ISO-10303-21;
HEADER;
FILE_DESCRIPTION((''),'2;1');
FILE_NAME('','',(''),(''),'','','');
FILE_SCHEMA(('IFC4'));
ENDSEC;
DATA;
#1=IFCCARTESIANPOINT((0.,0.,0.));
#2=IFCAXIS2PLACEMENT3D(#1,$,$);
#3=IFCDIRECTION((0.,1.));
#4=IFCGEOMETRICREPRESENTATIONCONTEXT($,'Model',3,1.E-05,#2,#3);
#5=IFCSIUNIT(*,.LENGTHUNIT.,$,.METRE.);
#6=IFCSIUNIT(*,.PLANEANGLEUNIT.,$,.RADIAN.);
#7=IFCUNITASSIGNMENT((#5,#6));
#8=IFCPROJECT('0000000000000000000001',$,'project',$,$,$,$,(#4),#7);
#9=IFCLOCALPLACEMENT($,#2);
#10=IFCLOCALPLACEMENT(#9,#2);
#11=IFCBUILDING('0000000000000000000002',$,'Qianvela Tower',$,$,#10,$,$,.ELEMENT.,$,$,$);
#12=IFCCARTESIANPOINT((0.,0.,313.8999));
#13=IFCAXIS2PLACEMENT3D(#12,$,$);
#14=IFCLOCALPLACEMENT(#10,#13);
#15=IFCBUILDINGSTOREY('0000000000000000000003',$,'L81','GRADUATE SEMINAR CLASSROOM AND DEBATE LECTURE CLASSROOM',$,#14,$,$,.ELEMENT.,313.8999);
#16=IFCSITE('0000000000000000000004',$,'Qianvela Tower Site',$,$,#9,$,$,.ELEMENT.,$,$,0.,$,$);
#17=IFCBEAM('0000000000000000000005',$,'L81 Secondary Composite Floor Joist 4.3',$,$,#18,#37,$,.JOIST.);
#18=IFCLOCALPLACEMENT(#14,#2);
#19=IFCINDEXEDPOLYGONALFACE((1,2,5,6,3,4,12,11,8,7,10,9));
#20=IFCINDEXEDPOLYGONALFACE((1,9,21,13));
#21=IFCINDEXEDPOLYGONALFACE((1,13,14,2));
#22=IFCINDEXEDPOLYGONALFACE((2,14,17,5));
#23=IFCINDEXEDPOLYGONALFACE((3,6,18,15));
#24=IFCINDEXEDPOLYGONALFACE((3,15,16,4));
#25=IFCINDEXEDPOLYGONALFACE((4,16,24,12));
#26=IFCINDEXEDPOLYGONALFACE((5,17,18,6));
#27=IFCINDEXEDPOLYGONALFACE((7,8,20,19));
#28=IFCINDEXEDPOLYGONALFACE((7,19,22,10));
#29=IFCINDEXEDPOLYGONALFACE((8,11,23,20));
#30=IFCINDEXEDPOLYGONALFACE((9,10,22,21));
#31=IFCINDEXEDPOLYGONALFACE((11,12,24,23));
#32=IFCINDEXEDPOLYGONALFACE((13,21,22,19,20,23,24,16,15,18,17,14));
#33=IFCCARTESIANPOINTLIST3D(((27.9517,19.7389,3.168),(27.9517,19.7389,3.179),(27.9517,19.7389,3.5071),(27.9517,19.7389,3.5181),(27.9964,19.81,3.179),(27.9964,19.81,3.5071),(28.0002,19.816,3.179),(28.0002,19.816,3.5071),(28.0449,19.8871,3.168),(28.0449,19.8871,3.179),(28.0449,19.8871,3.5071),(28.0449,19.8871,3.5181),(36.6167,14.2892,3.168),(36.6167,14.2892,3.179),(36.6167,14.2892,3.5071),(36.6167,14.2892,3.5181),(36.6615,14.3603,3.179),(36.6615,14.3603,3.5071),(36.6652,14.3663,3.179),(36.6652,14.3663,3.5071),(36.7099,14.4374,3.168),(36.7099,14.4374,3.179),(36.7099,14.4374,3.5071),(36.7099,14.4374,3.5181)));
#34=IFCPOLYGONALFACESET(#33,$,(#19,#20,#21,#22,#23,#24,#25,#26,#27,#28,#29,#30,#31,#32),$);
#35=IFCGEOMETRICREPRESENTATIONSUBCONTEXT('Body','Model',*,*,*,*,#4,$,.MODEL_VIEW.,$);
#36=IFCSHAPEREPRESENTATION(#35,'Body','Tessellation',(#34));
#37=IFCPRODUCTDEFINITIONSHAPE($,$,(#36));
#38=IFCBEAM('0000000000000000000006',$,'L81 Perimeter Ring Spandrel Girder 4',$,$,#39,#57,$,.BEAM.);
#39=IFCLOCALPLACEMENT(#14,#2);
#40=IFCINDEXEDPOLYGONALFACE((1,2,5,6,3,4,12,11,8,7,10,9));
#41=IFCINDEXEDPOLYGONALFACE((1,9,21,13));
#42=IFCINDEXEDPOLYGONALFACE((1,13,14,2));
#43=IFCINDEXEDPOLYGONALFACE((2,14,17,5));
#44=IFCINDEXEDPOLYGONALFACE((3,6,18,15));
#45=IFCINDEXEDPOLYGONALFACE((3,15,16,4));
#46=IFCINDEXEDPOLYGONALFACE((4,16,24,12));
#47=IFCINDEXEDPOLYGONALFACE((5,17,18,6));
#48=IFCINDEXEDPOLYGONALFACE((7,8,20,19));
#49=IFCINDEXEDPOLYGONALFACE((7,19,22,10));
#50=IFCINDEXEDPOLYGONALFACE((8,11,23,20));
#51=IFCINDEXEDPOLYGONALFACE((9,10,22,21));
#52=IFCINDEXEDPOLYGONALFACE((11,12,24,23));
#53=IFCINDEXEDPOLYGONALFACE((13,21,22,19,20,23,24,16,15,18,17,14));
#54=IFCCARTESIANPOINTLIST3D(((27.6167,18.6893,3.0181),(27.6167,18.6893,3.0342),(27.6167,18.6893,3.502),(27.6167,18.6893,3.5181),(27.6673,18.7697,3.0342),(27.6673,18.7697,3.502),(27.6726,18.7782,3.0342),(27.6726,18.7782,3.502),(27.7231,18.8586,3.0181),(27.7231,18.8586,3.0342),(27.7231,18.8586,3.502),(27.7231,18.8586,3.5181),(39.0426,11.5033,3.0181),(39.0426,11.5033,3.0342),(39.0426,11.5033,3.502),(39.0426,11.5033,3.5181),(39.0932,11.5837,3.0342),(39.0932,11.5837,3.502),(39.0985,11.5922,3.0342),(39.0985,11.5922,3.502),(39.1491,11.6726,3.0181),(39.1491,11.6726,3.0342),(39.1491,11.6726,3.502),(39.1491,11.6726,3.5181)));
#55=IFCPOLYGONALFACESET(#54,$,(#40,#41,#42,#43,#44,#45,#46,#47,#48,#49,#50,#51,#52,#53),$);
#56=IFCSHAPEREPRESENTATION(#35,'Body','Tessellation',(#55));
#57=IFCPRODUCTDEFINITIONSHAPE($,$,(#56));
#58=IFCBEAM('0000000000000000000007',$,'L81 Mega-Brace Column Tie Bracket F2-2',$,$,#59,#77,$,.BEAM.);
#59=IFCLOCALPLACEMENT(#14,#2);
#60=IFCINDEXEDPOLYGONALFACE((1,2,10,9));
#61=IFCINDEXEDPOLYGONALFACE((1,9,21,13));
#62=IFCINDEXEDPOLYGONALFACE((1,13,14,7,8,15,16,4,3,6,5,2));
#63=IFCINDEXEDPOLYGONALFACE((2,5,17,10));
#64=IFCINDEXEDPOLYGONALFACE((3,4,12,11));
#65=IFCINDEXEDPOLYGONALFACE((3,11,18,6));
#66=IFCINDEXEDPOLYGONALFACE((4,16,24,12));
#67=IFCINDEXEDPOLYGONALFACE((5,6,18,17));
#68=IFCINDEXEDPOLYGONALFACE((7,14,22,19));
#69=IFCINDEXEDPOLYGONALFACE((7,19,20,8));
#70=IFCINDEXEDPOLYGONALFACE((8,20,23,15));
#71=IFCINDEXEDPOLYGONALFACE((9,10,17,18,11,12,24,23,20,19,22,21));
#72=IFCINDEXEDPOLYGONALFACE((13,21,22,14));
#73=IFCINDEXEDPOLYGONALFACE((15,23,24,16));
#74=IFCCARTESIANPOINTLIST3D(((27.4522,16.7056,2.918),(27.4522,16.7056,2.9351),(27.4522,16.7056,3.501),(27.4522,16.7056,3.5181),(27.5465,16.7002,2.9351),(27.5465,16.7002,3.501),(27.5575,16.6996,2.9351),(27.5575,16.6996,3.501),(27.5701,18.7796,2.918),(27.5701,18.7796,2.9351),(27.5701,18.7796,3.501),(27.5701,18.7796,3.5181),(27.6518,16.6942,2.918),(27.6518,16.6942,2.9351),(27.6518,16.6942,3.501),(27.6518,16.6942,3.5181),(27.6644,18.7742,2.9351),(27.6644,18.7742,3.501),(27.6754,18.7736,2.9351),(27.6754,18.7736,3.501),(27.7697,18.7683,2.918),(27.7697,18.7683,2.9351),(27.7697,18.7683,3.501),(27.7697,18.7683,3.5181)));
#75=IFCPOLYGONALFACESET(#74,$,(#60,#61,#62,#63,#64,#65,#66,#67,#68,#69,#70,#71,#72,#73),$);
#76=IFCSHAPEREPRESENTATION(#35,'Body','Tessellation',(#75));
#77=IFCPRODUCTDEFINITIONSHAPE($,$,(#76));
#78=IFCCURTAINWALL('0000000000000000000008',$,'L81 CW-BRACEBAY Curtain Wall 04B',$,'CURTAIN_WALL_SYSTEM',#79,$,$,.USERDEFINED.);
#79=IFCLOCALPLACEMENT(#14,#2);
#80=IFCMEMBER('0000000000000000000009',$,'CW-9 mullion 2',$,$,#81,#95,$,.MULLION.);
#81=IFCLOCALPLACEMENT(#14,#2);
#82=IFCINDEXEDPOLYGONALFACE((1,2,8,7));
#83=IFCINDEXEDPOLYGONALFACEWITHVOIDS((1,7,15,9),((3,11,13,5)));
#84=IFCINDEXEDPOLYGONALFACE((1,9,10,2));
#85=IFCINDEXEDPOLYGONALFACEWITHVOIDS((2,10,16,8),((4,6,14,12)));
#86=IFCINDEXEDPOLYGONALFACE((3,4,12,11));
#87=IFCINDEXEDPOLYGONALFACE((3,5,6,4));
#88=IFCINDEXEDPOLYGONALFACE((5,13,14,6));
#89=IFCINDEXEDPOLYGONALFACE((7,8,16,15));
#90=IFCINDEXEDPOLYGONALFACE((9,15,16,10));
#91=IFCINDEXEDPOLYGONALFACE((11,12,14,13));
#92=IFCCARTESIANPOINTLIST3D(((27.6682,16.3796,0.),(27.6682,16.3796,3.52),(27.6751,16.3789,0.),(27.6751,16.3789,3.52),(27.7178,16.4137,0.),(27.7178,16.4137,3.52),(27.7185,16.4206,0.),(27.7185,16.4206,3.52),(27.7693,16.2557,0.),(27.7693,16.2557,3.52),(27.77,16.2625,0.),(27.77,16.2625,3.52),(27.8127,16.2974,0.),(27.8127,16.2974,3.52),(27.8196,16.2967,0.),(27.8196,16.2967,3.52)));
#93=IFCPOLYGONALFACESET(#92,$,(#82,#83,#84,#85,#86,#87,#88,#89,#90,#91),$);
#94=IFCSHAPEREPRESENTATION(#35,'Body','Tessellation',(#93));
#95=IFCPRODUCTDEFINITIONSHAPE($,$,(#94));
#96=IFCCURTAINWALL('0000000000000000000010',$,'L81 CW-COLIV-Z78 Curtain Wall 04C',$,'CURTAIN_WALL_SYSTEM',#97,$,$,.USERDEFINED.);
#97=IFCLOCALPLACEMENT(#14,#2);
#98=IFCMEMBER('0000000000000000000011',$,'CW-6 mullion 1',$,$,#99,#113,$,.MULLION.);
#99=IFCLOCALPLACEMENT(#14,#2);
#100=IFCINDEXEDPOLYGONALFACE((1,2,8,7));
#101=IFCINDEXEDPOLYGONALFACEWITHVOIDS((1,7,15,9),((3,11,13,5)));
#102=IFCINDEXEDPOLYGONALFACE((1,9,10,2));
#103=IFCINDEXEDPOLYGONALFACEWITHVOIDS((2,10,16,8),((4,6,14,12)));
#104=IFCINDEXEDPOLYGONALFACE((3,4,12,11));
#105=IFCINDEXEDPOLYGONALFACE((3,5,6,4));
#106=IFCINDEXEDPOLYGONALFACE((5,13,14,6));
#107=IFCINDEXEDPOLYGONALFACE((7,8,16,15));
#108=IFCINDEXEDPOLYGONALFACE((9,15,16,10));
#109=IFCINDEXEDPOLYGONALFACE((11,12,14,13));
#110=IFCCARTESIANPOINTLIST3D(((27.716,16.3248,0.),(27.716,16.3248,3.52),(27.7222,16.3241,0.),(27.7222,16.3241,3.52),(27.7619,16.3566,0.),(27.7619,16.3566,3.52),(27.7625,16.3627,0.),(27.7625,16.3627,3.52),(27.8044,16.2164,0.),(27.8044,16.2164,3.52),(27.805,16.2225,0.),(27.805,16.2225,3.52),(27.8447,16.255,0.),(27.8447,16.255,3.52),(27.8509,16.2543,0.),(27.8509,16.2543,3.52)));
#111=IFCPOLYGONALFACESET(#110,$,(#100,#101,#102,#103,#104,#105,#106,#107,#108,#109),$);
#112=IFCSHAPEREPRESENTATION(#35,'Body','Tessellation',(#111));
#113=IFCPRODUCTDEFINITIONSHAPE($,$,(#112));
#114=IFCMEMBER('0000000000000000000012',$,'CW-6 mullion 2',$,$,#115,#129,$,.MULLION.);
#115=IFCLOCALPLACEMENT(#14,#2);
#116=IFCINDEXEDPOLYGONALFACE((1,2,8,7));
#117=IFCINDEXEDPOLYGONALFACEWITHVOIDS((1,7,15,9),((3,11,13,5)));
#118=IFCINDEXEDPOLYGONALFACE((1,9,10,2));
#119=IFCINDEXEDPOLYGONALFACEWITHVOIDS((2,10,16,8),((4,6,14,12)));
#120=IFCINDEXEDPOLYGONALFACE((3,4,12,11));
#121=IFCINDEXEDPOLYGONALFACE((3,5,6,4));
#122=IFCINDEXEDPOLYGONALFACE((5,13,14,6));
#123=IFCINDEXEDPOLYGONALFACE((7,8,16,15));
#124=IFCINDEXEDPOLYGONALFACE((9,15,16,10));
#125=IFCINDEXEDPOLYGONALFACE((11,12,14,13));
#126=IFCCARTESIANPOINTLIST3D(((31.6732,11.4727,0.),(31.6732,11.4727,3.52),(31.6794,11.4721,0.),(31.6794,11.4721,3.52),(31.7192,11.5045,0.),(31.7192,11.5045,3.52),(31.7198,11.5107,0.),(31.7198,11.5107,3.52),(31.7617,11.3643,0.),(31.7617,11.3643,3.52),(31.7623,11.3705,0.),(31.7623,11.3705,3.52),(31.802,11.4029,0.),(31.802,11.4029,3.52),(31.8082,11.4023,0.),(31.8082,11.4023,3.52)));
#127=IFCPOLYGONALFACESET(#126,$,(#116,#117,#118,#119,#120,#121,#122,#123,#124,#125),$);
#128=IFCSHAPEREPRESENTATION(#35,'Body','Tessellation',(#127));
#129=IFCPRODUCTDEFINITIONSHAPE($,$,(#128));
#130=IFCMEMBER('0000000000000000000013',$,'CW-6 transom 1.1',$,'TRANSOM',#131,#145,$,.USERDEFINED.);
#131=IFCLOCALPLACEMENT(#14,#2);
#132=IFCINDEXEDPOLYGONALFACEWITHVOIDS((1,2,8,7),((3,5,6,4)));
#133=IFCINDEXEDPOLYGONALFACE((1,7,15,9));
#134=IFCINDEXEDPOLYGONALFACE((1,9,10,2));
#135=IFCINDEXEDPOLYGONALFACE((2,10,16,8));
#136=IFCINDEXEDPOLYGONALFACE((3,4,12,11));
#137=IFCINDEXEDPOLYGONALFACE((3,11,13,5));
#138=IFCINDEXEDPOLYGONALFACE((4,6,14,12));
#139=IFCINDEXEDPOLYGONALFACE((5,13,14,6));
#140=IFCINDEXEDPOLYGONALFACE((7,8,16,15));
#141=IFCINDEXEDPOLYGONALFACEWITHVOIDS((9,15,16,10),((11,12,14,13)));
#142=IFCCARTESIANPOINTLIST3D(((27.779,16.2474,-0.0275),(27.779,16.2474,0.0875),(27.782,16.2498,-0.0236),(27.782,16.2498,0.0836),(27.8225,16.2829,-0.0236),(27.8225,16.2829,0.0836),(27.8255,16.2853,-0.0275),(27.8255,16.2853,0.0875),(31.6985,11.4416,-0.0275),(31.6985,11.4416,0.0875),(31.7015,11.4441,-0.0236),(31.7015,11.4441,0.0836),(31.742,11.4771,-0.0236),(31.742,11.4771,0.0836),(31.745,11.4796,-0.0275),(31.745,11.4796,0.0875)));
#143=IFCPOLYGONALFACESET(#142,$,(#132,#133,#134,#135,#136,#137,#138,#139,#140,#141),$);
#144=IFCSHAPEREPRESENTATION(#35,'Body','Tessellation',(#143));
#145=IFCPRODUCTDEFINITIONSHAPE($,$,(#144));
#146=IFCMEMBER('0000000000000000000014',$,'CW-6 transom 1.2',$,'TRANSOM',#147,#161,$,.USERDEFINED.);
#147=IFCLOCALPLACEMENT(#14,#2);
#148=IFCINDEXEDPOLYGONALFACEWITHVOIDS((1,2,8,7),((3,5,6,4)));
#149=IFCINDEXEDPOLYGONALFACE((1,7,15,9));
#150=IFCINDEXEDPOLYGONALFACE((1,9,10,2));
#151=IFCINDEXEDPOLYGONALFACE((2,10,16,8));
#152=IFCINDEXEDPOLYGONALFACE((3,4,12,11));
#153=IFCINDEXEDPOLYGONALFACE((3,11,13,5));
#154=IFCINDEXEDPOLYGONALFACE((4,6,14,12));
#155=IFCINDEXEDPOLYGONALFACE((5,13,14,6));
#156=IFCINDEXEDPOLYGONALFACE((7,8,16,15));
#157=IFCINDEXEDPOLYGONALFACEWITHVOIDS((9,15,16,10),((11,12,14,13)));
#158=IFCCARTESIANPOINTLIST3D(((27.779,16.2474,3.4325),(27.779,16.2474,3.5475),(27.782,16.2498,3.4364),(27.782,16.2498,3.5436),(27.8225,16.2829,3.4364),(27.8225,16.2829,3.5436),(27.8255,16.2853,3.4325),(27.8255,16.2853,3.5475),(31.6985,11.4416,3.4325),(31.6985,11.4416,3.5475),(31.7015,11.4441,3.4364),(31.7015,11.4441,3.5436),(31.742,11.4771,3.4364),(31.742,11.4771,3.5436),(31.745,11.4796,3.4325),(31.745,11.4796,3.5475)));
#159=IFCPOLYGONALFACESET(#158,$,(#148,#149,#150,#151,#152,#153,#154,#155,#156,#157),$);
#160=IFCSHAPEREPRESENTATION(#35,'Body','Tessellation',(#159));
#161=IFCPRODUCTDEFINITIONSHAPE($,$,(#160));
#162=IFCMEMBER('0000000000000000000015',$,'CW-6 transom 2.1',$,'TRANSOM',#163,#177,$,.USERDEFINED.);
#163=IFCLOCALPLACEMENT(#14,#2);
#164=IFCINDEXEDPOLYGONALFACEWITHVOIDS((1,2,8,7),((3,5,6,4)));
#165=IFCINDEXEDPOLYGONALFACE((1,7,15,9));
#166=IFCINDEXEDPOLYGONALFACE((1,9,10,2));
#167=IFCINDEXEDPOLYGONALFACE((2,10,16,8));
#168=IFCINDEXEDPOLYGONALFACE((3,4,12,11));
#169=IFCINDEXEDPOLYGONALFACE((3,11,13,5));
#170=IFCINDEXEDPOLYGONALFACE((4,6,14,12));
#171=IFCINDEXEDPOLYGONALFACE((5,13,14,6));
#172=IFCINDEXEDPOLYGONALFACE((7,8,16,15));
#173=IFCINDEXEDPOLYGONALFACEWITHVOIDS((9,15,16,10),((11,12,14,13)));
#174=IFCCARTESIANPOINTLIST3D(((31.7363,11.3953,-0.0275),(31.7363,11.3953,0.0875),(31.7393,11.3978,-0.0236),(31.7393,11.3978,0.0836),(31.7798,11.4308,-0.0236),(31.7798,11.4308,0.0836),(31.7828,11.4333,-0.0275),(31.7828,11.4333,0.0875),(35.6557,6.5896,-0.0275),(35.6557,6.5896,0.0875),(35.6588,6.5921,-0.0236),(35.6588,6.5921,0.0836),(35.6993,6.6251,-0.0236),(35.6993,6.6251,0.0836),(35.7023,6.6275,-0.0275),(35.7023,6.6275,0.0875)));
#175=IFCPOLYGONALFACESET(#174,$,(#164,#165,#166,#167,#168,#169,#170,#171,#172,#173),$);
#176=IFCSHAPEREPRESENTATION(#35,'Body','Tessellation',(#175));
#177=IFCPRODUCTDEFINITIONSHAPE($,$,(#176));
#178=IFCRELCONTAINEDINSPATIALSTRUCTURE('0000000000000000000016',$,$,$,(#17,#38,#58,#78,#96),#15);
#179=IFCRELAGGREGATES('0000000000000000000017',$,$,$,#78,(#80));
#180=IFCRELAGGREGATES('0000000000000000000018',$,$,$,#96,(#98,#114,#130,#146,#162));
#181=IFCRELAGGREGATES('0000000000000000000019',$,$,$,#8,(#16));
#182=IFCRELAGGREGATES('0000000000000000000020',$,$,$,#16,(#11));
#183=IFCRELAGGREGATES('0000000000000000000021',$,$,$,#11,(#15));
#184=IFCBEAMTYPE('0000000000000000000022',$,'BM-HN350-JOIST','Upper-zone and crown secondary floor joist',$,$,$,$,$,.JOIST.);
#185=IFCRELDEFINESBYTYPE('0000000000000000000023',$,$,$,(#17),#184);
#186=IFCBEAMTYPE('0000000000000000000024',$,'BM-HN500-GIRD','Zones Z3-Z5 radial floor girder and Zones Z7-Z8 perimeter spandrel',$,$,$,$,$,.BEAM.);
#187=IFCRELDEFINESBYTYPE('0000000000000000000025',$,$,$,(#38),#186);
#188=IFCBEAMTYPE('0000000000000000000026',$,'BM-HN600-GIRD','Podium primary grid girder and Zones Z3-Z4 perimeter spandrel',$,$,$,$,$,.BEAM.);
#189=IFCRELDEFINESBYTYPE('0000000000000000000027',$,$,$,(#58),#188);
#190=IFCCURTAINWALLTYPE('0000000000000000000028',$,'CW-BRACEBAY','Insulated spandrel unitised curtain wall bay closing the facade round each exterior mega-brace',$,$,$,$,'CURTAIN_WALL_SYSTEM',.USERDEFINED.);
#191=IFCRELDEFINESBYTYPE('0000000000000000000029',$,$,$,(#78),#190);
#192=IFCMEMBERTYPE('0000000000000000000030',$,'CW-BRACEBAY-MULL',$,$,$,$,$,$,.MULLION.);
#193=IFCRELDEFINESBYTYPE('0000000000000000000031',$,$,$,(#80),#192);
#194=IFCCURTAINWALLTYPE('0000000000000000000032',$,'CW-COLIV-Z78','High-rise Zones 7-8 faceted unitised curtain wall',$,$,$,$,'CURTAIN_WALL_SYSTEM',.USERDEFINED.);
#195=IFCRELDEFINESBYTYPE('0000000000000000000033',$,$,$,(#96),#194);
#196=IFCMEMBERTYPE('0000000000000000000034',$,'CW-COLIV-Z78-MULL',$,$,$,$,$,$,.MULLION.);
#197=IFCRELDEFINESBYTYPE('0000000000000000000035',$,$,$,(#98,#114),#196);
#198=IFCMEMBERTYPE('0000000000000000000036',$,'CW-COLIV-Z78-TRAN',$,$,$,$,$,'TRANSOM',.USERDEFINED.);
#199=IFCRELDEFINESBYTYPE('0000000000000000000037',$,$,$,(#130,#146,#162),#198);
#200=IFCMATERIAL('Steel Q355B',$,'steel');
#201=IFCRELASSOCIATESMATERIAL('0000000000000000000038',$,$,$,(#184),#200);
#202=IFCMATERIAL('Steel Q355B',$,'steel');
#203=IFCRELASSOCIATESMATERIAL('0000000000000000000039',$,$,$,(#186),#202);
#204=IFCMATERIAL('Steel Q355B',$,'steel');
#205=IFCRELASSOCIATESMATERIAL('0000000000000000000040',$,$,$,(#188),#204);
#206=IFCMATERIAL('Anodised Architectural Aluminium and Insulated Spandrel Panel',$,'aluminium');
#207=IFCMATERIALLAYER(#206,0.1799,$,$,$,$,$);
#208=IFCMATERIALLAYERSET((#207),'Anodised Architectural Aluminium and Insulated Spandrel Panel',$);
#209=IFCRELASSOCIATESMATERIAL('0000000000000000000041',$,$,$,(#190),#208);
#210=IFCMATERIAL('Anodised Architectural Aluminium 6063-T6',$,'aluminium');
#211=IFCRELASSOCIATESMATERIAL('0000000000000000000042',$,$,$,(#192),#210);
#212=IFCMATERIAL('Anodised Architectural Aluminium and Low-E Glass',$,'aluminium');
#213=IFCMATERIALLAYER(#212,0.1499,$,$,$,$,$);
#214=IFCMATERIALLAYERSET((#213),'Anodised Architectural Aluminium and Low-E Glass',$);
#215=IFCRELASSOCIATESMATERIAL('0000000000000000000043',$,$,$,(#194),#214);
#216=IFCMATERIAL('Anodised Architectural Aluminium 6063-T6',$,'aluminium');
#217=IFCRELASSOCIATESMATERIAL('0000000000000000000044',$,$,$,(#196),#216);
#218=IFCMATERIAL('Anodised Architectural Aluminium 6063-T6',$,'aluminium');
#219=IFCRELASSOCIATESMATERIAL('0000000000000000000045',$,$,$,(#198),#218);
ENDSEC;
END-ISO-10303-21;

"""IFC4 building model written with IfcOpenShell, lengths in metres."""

from ifc_helpers import new_model, si_unit, direction, frame, origin, origin_2d, place, context, subcontext, project, spatial, hollow_rectangle, i_section, extrude, material, layer, layer_set, material_profile, profile_set, type_object, element, aggregate, save


model = new_model("IFC4")

# Units and contexts
model_context = context("Model", 3, precision=1e-05, world=origin(), true_north=direction((0.0, 1.0)))
body_context = subcontext(model_context, "Body", "Model", "MODEL_VIEW")
ifc_project = project(units=[si_unit("LENGTHUNIT", "METRE"), si_unit("PLANEANGLEUNIT", "RADIAN")], contexts=[model_context])

# Site, building, storey
site_placement = place(None, origin())
site = spatial("IfcSite", under=ifc_project, at=site_placement, Name="Qianvela Tower Site", CompositionType="ELEMENT", RefElevation=0.0)
building_placement = place(site_placement, origin())
building = spatial("IfcBuilding", under=site, at=building_placement, Name="Qianvela Tower", CompositionType="ELEMENT")
storey_placement = place(building_placement, frame((0.0, 0.0, 313.8999)))
storey = spatial("IfcBuildingStorey", under=building, at=storey_placement, Name="L81", Description="GRADUATE SEMINAR CLASSROOM AND DEBATE LECTURE CLASSROOM", CompositionType="ELEMENT", Elevation=313.8999)

# Beams
ifc_material_1 = material(Name="Steel Q355B", Category="steel")
ifc_material_profile_1 = material_profile(ifc_material_1, i_section(OverallWidth=0.175, OverallDepth=0.3501, WebThickness=0.0071, FlangeThickness=0.011, at=origin_2d()), Name="HN350x175x7x11")
ifc_profile_set_1 = profile_set([ifc_material_profile_1], Name="Steel Q355B")
beam_type_1 = type_object("IfcBeamType", Name="BM-HN350-JOIST", Description="Upper-zone and crown secondary floor joist", PredefinedType="JOIST", material=ifc_profile_set_1)
beam_1_placement = place(storey_placement, frame((27.9983, 19.813, 3.343), z_axis=(0.8465, -0.532389, 0.0), x_axis=(0.532389, 0.8465, 0.0)))
element("IfcBeam", 1, at=beam_1_placement, inside=storey, type_object=beam_type_1, Name="L81 Secondary Composite Floor Joist 4.3", PredefinedType="JOIST", context=body_context, shape_type="SweptSolid", body=[
    extrude(i_section(OverallWidth=0.175, OverallDepth=0.3501, WebThickness=0.0071, FlangeThickness=0.011, at=origin_2d()), origin(), (0.0, 0.0, 1.0), 10.2363),
])
ifc_material_2 = material(Name="Steel Q355B", Category="steel")
ifc_material_profile_2 = material_profile(ifc_material_2, i_section(OverallWidth=0.2, OverallDepth=0.5, WebThickness=0.01, FlangeThickness=0.0161, at=origin_2d()), Name="HN500x200x10x16")
ifc_profile_set_2 = profile_set([ifc_material_profile_2], Name="Steel Q355B")
beam_type_2 = type_object("IfcBeamType", Name="BM-HN500-GIRD", Description="Zones Z3-Z5 radial floor girder and Zones Z7-Z8 perimeter spandrel", PredefinedType="BEAM", material=ifc_profile_set_2)
beam_2_placement = place(storey_placement, frame((27.6699, 18.7739, 3.2681), z_axis=(0.846504, -0.532382, 0.0), x_axis=(0.532382, 0.846504, 0.0)))
element("IfcBeam", 2, at=beam_2_placement, inside=storey, type_object=beam_type_2, Name="L81 Perimeter Ring Spandrel Girder 4", PredefinedType="BEAM", context=body_context, shape_type="SweptSolid", body=[
    extrude(i_section(OverallWidth=0.2, OverallDepth=0.5, WebThickness=0.01, FlangeThickness=0.0161, at=origin_2d()), origin(), (0.0, 0.0, 1.0), 13.4978),
])
ifc_material_3 = material(Name="Steel Q355B", Category="steel")
ifc_material_profile_3 = material_profile(ifc_material_3, i_section(OverallWidth=0.2, OverallDepth=0.6001, WebThickness=0.011, FlangeThickness=0.0171, at=origin_2d()), Name="HN600x200x11x17")
ifc_profile_set_3 = profile_set([ifc_material_profile_3], Name="Steel Q355B")
beam_type_3 = type_object("IfcBeamType", Name="BM-HN600-GIRD", Description="Podium primary grid girder and Zones Z3-Z4 perimeter spandrel", PredefinedType="BEAM", material=ifc_profile_set_3)
beam_3_placement = place(storey_placement, frame((27.6699, 18.7739, 3.218), z_axis=(-0.056765, -0.998388, 0.0), x_axis=(0.998388, -0.056765, 0.0)))
element("IfcBeam", 3, at=beam_3_placement, inside=storey, type_object=beam_type_3, Name="L81 Mega-Brace Column Tie Bracket F2-2", PredefinedType="BEAM", context=body_context, shape_type="SweptSolid", body=[
    extrude(i_section(OverallWidth=0.2, OverallDepth=0.6001, WebThickness=0.011, FlangeThickness=0.0171, at=origin_2d()), origin(), (0.0, 0.0, 1.0), 2.0774),
])

# Curtain wall, member
ifc_material_4 = material(Name="Anodised Architectural Aluminium and Insulated Spandrel Panel", Category="aluminium")
ifc_layer_1 = layer(ifc_material_4, 0.1799)
ifc_layer_set_1 = layer_set([ifc_layer_1], Name="Anodised Architectural Aluminium and Insulated Spandrel Panel")
curtain_wall_type_1 = type_object("IfcCurtainWallType", Name="CW-BRACEBAY", Description="Insulated spandrel unitised curtain wall bay closing the facade round each exterior mega-brace", ElementType="CURTAIN_WALL_SYSTEM", PredefinedType="USERDEFINED", material=ifc_layer_set_1)
curtain_wall_1_placement = place(storey_placement, origin())
curtain_wall_1 = element("IfcCurtainWall", 4, at=curtain_wall_1_placement, inside=storey, type_object=curtain_wall_type_1, Name="L81 CW-BRACEBAY Curtain Wall 04B", ObjectType="CURTAIN_WALL_SYSTEM", PredefinedType="USERDEFINED")
ifc_material_5 = material(Name="Anodised Architectural Aluminium 6063-T6", Category="aluminium")
ifc_material_profile_4 = material_profile(ifc_material_5, hollow_rectangle(XDim=0.0649, YDim=0.1599, WallThickness=0.0049, at=origin_2d()), Name="ALU-MULL-65x160")
ifc_profile_set_4 = profile_set([ifc_material_profile_4], Name="Anodised Architectural Aluminium 6063-T6")
member_type_1 = type_object("IfcMemberType", Name="CW-BRACEBAY-MULL", PredefinedType="MULLION", material=ifc_profile_set_4)
member_1_placement = place(storey_placement, frame((27.7439, 16.3381, 0.0), z_axis=(0.0, 0.0, 1.0), x_axis=(0.774961, 0.632009, 0.0)))
member_1 = element("IfcMember", 5, at=member_1_placement, type_object=member_type_1, Name="CW-9 mullion 2", PredefinedType="MULLION", context=body_context, shape_type="SweptSolid", body=[
    extrude(hollow_rectangle(XDim=0.0649, YDim=0.1599, WallThickness=0.0049, at=origin_2d()), origin(), (0.0, 0.0, 1.0), 3.52),
])
aggregate(curtain_wall_1, [member_1])

# Curtain wall, members
ifc_material_6 = material(Name="Anodised Architectural Aluminium and Low-E Glass", Category="aluminium")
ifc_layer_2 = layer(ifc_material_6, 0.1499)
ifc_layer_set_2 = layer_set([ifc_layer_2], Name="Anodised Architectural Aluminium and Low-E Glass")
curtain_wall_type_2 = type_object("IfcCurtainWallType", Name="CW-COLIV-Z78", Description="High-rise Zones 7-8 faceted unitised curtain wall", ElementType="CURTAIN_WALL_SYSTEM", PredefinedType="USERDEFINED", material=ifc_layer_set_2)
curtain_wall_2_placement = place(storey_placement, origin())
curtain_wall_2 = element("IfcCurtainWall", 6, at=curtain_wall_2_placement, inside=storey, type_object=curtain_wall_type_2, Name="L81 CW-COLIV-Z78 Curtain Wall 04C", ObjectType="CURTAIN_WALL_SYSTEM", PredefinedType="USERDEFINED")
ifc_material_7 = material(Name="Anodised Architectural Aluminium 6063-T6", Category="aluminium")
ifc_material_profile_5 = material_profile(ifc_material_7, hollow_rectangle(XDim=0.0601, YDim=0.1399, WallThickness=0.0044, at=origin_2d()), Name="ALU-MULL-60x140")
ifc_profile_set_5 = profile_set([ifc_material_profile_5], Name="Anodised Architectural Aluminium 6063-T6")
member_type_2 = type_object("IfcMemberType", Name="CW-COLIV-Z78-MULL", PredefinedType="MULLION", material=ifc_profile_set_5)
member_2_placement = place(storey_placement, frame((27.7834, 16.2896, 0.0), z_axis=(0.0, 0.0, 1.0), x_axis=(0.774944, 0.63203, 0.0)))
member_2 = element("IfcMember", 7, at=member_2_placement, type_object=member_type_2, Name="CW-6 mullion 1", PredefinedType="MULLION", context=body_context, shape_type="SweptSolid", body=[
    extrude(hollow_rectangle(XDim=0.0601, YDim=0.1399, WallThickness=0.0044, at=origin_2d()), origin(), (0.0, 0.0, 1.0), 3.52),
])
member_3_placement = place(storey_placement, frame((31.7407, 11.4375, 0.0), z_axis=(0.0, 0.0, 1.0), x_axis=(0.774944, 0.63203, 0.0)))
member_3 = element("IfcMember", 8, at=member_3_placement, type_object=member_type_2, Name="CW-6 mullion 2", PredefinedType="MULLION", context=body_context, shape_type="SweptSolid", body=[
    extrude(hollow_rectangle(XDim=0.0601, YDim=0.1399, WallThickness=0.0044, at=origin_2d()), origin(), (0.0, 0.0, 1.0), 3.52),
])
ifc_material_8 = material(Name="Anodised Architectural Aluminium 6063-T6", Category="aluminium")
ifc_material_profile_6 = material_profile(ifc_material_8, hollow_rectangle(XDim=0.0601, YDim=0.115, WallThickness=0.0039, at=origin_2d()), Name="ALU-TRAN-60x115")
ifc_profile_set_6 = profile_set([ifc_material_profile_6], Name="Anodised Architectural Aluminium 6063-T6")
member_type_3 = type_object("IfcMemberType", Name="CW-COLIV-Z78-TRAN", ElementType="TRANSOM", PredefinedType="USERDEFINED", material=ifc_profile_set_6)
member_4_placement = place(storey_placement, frame((27.8022, 16.2664, 0.03), z_axis=(0.632032, -0.774942, 0.0), x_axis=(0.774942, 0.632032, 0.0)))
member_4 = element("IfcMember", 9, at=member_4_placement, type_object=member_type_3, Name="CW-6 transom 1.1", ObjectType="TRANSOM", PredefinedType="USERDEFINED", context=body_context, shape_type="SweptSolid", body=[
    extrude(hollow_rectangle(XDim=0.0601, YDim=0.115, WallThickness=0.0039, at=origin_2d()), origin(), (0.0, 0.0, 1.0), 6.2014),
])
member_5_placement = place(storey_placement, frame((27.8022, 16.2664, 3.49), z_axis=(0.632032, -0.774942, 0.0), x_axis=(0.774942, 0.632032, 0.0)))
member_5 = element("IfcMember", 10, at=member_5_placement, type_object=member_type_3, Name="CW-6 transom 1.2", ObjectType="TRANSOM", PredefinedType="USERDEFINED", context=body_context, shape_type="SweptSolid", body=[
    extrude(hollow_rectangle(XDim=0.0601, YDim=0.115, WallThickness=0.0039, at=origin_2d()), origin(), (0.0, 0.0, 1.0), 6.2014),
])
member_6_placement = place(storey_placement, frame((31.7595, 11.4143, 0.03), z_axis=(0.632032, -0.774942, 0.0), x_axis=(0.774942, 0.632032, 0.0)))
member_6 = element("IfcMember", 11, at=member_6_placement, type_object=member_type_3, Name="CW-6 transom 2.1", ObjectType="TRANSOM", PredefinedType="USERDEFINED", context=body_context, shape_type="SweptSolid", body=[
    extrude(hollow_rectangle(XDim=0.0601, YDim=0.115, WallThickness=0.0039, at=origin_2d()), origin(), (0.0, 0.0, 1.0), 6.2014),
])
aggregate(curtain_wall_2, [member_2, member_3, member_4, member_5, member_6])

save(model, "model.ifc")
